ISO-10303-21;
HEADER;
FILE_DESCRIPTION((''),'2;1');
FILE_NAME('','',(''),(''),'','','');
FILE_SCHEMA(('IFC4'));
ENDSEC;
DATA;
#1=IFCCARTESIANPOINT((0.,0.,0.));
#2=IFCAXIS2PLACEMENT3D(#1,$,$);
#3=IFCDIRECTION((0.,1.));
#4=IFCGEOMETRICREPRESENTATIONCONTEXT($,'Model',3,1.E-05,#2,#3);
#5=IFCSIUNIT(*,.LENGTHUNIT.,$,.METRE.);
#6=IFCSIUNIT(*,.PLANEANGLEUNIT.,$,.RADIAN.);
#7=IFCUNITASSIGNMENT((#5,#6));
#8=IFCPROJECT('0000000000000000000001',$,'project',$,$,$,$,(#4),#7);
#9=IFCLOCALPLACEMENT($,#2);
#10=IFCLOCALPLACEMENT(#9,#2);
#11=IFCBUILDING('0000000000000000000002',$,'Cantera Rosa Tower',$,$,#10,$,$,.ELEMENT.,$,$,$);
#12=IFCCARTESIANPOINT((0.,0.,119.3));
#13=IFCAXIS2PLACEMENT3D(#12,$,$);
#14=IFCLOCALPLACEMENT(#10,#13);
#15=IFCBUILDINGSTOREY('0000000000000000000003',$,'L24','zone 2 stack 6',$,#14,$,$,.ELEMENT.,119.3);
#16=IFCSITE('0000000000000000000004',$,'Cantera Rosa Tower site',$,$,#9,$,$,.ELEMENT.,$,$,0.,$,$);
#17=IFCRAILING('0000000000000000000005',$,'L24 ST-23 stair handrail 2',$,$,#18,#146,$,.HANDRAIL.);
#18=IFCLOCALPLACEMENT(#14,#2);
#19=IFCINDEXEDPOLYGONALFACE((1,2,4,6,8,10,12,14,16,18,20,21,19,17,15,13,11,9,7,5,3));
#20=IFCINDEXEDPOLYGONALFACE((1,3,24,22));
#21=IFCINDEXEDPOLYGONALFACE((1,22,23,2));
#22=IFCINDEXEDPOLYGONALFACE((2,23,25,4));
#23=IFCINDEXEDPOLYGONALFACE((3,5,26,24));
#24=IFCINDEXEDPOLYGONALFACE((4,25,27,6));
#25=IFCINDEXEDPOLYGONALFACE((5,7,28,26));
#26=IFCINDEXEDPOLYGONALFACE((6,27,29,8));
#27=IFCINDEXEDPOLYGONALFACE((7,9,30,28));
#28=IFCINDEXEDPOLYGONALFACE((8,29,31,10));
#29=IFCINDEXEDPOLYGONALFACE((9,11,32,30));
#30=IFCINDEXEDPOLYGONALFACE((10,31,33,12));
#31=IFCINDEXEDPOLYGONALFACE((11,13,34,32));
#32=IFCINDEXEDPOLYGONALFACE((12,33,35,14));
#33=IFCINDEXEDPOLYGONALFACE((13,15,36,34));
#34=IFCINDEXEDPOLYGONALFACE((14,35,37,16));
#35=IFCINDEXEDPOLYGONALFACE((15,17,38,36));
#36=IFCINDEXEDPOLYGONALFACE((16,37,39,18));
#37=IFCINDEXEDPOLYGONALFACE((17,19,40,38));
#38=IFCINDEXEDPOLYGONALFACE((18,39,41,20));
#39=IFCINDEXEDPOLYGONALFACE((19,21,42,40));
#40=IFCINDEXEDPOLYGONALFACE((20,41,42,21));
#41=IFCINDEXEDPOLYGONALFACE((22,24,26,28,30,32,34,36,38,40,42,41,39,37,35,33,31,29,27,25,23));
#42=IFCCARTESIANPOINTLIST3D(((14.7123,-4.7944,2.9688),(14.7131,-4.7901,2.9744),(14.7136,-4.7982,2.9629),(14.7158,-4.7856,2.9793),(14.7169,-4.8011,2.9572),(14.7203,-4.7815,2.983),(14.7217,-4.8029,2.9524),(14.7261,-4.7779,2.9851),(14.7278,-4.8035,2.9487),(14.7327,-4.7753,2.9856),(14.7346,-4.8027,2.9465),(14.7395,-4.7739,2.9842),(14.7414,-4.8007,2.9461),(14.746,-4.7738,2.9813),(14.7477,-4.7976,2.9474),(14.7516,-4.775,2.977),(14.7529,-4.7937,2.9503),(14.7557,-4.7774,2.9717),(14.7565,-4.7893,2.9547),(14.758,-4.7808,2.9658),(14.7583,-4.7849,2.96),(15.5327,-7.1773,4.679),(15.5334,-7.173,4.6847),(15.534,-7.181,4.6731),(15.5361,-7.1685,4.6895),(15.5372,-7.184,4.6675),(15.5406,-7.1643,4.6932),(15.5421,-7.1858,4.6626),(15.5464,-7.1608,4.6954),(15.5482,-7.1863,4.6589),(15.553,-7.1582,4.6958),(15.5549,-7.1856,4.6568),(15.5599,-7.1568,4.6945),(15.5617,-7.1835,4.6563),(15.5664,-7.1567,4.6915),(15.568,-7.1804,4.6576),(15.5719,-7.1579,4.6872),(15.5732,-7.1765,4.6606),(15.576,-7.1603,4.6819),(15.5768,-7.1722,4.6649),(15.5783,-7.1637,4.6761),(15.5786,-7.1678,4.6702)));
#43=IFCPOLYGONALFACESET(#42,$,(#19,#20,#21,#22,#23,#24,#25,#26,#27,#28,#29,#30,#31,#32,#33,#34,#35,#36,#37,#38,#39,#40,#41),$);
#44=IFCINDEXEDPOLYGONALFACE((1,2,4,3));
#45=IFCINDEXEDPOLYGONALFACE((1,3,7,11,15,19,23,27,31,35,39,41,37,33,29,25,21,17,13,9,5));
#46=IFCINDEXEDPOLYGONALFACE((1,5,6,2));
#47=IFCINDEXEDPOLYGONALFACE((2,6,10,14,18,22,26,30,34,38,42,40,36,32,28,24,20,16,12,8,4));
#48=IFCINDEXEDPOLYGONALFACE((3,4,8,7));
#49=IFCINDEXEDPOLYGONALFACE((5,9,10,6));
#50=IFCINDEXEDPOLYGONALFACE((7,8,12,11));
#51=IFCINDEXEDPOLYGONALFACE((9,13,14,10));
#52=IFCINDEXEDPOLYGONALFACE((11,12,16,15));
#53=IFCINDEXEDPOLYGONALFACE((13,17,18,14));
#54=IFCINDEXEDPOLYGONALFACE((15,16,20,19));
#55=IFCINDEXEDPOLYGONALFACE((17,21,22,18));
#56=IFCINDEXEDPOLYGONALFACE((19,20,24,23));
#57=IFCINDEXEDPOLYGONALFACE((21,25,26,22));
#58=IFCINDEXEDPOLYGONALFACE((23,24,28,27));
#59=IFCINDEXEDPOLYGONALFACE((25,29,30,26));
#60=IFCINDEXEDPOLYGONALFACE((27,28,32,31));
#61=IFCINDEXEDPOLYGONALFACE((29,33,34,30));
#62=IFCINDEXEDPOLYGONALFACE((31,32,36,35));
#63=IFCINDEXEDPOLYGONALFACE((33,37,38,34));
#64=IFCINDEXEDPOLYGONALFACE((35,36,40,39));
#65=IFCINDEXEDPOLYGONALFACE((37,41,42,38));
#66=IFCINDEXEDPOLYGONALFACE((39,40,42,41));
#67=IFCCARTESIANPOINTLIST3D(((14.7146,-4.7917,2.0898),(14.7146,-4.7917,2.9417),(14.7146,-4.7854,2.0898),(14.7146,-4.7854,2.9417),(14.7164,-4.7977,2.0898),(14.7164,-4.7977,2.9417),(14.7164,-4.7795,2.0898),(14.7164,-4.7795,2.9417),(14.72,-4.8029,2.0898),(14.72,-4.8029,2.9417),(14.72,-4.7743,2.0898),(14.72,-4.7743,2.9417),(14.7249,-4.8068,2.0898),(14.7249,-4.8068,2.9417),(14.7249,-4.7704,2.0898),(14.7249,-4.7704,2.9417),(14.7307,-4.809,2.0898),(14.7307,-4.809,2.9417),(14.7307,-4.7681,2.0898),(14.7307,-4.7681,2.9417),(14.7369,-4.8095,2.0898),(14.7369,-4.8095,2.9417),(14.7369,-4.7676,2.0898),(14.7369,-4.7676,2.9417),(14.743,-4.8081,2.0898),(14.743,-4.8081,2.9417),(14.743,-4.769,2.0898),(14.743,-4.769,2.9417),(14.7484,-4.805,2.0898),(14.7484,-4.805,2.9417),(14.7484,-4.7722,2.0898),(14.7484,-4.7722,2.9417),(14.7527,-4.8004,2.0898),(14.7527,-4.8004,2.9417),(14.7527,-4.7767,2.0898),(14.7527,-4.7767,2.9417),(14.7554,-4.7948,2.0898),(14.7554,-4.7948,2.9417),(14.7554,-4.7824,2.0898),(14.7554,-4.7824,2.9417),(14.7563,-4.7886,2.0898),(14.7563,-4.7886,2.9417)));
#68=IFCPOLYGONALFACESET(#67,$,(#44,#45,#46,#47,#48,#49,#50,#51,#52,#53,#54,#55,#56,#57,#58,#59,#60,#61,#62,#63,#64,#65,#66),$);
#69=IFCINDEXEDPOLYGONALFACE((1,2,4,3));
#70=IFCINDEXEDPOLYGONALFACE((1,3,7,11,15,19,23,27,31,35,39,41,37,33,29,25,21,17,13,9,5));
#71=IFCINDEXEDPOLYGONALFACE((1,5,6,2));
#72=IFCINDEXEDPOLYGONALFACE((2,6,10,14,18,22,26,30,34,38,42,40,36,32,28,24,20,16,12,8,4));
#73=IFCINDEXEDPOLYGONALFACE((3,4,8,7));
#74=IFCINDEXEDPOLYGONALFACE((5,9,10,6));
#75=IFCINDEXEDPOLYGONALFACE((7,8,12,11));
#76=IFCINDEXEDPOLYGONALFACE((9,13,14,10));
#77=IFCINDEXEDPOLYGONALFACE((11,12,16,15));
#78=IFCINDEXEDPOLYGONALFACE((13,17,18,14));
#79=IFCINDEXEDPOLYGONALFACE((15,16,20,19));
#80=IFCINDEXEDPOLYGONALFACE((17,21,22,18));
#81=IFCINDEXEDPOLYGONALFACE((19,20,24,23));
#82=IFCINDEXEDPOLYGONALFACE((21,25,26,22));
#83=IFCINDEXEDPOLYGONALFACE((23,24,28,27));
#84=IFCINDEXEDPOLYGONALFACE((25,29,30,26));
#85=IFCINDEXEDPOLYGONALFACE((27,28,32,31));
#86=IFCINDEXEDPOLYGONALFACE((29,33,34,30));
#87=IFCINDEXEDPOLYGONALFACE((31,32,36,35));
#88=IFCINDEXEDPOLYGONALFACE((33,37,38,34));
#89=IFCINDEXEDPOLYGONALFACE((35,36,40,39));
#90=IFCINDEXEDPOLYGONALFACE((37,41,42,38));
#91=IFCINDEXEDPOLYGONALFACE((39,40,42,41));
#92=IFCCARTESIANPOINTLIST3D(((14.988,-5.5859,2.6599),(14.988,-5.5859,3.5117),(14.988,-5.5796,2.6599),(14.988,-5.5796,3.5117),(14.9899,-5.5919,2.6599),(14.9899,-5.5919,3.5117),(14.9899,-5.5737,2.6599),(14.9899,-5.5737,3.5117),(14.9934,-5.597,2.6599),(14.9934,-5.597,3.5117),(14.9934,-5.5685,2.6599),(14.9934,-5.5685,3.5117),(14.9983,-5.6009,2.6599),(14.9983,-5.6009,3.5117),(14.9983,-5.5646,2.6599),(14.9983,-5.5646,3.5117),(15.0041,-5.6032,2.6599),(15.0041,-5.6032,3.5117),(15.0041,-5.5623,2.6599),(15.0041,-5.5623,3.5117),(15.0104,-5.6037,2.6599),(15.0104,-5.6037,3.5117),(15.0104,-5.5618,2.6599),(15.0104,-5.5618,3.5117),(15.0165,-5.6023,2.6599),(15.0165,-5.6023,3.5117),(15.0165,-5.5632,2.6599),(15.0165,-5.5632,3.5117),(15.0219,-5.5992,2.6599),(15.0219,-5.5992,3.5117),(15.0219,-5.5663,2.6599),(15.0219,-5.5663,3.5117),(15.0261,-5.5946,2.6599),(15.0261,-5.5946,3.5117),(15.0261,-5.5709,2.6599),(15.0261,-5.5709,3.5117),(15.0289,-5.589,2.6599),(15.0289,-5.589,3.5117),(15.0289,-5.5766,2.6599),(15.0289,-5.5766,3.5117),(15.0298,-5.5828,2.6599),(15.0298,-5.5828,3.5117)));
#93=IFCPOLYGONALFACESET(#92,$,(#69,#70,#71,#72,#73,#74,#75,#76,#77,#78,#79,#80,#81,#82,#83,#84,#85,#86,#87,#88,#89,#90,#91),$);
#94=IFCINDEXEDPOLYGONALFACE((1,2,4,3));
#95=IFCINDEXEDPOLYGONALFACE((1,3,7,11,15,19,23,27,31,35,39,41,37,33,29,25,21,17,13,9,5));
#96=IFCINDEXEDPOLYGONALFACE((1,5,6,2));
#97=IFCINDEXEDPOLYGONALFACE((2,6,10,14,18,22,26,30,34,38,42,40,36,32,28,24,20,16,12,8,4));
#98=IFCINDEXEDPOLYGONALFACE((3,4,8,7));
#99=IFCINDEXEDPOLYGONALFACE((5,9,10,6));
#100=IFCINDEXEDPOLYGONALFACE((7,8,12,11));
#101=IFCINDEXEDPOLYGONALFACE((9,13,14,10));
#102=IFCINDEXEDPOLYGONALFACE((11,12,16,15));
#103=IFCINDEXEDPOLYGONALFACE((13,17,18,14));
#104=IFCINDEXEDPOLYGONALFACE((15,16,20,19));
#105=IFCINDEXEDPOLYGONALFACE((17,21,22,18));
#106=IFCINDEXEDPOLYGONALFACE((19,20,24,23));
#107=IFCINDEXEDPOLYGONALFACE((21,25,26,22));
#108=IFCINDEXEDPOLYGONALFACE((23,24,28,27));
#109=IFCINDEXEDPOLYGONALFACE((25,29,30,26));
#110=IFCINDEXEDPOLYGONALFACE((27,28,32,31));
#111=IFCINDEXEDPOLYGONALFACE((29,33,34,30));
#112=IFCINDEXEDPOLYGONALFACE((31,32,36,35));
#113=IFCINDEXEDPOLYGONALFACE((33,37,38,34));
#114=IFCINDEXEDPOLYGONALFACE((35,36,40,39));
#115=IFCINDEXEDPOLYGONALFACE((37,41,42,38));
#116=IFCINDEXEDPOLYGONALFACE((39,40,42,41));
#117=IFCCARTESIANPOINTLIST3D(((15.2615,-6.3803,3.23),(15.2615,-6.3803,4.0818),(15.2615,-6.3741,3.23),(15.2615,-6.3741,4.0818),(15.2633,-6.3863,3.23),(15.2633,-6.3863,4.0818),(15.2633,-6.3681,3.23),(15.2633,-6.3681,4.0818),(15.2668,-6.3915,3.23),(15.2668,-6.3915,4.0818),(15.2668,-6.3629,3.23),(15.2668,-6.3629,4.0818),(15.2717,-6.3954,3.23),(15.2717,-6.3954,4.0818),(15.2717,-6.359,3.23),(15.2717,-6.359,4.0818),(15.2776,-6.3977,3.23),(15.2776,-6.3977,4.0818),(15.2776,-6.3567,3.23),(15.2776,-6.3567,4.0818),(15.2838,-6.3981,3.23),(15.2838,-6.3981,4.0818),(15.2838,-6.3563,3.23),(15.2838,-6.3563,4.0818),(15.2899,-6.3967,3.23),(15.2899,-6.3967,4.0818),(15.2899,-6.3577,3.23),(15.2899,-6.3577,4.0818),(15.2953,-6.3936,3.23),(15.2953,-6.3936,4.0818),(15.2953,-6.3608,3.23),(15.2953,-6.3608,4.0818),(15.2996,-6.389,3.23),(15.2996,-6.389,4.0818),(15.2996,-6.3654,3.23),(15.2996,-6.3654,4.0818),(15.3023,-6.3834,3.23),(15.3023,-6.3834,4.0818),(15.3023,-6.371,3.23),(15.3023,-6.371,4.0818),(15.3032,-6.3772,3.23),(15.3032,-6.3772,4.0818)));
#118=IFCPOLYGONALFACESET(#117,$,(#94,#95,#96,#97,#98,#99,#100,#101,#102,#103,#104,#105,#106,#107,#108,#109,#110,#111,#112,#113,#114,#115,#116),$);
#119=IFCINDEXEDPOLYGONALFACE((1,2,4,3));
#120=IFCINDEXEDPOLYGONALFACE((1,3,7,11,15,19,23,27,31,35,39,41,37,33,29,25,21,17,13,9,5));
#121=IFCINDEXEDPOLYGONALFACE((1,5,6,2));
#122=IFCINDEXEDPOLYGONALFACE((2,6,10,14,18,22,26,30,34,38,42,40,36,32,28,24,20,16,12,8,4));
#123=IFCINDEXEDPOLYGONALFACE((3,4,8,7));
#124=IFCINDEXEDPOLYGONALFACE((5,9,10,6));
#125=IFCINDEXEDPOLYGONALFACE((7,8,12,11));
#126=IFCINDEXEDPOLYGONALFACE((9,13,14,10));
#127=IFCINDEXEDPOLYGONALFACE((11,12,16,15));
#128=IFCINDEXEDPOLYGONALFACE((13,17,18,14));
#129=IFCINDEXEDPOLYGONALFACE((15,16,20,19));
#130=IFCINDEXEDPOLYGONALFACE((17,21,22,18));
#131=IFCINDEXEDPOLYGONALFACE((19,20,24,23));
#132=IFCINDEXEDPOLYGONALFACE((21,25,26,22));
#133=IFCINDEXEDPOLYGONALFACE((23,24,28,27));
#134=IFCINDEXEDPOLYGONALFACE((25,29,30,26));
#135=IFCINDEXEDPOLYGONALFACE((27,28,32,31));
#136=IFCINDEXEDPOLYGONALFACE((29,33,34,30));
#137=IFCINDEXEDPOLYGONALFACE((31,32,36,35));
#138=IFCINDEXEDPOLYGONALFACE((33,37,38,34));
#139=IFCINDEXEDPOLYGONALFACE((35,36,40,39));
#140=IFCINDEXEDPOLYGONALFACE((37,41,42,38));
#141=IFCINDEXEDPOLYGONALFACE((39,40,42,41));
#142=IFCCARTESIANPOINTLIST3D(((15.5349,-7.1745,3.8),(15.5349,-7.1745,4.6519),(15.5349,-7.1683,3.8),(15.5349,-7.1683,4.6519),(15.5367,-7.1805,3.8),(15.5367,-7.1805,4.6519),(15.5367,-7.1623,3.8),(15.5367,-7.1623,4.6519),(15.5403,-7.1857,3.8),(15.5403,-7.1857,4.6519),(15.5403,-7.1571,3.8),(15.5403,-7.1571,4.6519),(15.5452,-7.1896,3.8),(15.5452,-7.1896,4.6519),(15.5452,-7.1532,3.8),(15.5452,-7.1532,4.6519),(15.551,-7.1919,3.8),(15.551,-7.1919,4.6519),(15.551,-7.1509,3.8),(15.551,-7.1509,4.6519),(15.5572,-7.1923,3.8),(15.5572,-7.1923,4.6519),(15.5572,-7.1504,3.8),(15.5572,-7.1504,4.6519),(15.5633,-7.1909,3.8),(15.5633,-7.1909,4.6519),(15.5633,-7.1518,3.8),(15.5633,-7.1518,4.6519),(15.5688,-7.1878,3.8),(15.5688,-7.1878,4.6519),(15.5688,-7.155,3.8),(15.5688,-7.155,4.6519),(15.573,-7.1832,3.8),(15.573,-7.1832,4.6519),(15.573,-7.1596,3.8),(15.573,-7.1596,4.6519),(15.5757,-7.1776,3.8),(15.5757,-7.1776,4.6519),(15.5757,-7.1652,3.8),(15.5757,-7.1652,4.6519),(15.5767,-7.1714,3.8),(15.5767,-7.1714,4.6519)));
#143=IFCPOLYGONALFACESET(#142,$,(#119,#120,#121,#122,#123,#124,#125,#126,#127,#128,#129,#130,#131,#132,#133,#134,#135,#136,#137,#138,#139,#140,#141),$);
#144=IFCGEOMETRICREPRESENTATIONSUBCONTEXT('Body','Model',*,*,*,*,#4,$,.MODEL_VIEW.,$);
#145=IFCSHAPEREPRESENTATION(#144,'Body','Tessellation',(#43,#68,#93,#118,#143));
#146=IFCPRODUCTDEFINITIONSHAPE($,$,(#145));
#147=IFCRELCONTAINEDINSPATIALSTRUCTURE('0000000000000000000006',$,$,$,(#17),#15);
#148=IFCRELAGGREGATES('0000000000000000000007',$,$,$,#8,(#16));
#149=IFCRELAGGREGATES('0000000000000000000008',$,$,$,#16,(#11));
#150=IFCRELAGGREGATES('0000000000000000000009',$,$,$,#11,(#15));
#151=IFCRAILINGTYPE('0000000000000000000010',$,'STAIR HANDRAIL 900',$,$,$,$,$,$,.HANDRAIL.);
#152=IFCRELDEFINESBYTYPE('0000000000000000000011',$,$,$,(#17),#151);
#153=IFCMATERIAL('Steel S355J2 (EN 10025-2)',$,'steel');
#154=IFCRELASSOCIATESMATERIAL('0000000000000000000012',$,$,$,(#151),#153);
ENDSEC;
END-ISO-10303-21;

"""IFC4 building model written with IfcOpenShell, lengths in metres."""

from ifc_helpers import new_model, si_unit, direction, frame, origin, origin_2d, place, context, subcontext, project, spatial, circle, extrude, material, type_object, element, save


model = new_model("IFC4")

# Units and contexts
model_context = context("Model", 3, precision=1e-05, world=origin(), true_north=direction((0.0, 1.0)))
body_context = subcontext(model_context, "Body", "Model", "MODEL_VIEW")
ifc_project = project(units=[si_unit("LENGTHUNIT", "METRE"), si_unit("PLANEANGLEUNIT", "RADIAN")], contexts=[model_context])

# Site, building, storey
site_placement = place(None, origin())
site = spatial("IfcSite", under=ifc_project, at=site_placement, Name="Cantera Rosa Tower site", CompositionType="ELEMENT", RefElevation=0.0)
building_placement = place(site_placement, origin())
building = spatial("IfcBuilding", under=site, at=building_placement, Name="Cantera Rosa Tower", CompositionType="ELEMENT")
storey_placement = place(building_placement, frame((0.0, 0.0, 119.3)))
storey = spatial("IfcBuildingStorey", under=building, at=storey_placement, Name="L24", Description="zone 2 stack 6", CompositionType="ELEMENT", Elevation=119.3)

# Railing
ifc_material_1 = material(Name="Steel S355J2 (EN 10025-2)", Category="steel")
railing_type_1 = type_object("IfcRailingType", Name="STAIR HANDRAIL 900", PredefinedType="HANDRAIL", material=ifc_material_1)
railing_1_placement = place(storey_placement, frame((14.7354, -4.7886, 2.0898)))
element("IfcRailing", 1, at=railing_1_placement, inside=storey, type_object=railing_type_1, Name="L24 ST-23 stair handrail 2", PredefinedType="HANDRAIL", context=body_context, shape_type="SweptSolid", body=[
    extrude(circle(Radius=0.0239, at=origin_2d()), frame((0.0, 0.0, 0.876), z_axis=(0.269346, -0.782386, 0.561538), x_axis=(0.945538, 0.325513, 0.0)), (0.0, 0.0, 1.0), 3.0457),
    extrude(circle(Radius=0.021, at=origin_2d()), origin(), (0.0, 0.0, 1.0), 0.8518),
    extrude(circle(Radius=0.021, at=origin_2d()), frame((0.2734, -0.7942, 0.5701)), (0.0, 0.0, 1.0), 0.8518),
    extrude(circle(Radius=0.021, at=origin_2d()), frame((0.5469, -1.5886, 1.1401)), (0.0, 0.0, 1.0), 0.8518),
    extrude(circle(Radius=0.021, at=origin_2d()), frame((0.8203, -2.3828, 1.7102)), (0.0, 0.0, 1.0), 0.8518),
])

save(model, "model.ifc")
